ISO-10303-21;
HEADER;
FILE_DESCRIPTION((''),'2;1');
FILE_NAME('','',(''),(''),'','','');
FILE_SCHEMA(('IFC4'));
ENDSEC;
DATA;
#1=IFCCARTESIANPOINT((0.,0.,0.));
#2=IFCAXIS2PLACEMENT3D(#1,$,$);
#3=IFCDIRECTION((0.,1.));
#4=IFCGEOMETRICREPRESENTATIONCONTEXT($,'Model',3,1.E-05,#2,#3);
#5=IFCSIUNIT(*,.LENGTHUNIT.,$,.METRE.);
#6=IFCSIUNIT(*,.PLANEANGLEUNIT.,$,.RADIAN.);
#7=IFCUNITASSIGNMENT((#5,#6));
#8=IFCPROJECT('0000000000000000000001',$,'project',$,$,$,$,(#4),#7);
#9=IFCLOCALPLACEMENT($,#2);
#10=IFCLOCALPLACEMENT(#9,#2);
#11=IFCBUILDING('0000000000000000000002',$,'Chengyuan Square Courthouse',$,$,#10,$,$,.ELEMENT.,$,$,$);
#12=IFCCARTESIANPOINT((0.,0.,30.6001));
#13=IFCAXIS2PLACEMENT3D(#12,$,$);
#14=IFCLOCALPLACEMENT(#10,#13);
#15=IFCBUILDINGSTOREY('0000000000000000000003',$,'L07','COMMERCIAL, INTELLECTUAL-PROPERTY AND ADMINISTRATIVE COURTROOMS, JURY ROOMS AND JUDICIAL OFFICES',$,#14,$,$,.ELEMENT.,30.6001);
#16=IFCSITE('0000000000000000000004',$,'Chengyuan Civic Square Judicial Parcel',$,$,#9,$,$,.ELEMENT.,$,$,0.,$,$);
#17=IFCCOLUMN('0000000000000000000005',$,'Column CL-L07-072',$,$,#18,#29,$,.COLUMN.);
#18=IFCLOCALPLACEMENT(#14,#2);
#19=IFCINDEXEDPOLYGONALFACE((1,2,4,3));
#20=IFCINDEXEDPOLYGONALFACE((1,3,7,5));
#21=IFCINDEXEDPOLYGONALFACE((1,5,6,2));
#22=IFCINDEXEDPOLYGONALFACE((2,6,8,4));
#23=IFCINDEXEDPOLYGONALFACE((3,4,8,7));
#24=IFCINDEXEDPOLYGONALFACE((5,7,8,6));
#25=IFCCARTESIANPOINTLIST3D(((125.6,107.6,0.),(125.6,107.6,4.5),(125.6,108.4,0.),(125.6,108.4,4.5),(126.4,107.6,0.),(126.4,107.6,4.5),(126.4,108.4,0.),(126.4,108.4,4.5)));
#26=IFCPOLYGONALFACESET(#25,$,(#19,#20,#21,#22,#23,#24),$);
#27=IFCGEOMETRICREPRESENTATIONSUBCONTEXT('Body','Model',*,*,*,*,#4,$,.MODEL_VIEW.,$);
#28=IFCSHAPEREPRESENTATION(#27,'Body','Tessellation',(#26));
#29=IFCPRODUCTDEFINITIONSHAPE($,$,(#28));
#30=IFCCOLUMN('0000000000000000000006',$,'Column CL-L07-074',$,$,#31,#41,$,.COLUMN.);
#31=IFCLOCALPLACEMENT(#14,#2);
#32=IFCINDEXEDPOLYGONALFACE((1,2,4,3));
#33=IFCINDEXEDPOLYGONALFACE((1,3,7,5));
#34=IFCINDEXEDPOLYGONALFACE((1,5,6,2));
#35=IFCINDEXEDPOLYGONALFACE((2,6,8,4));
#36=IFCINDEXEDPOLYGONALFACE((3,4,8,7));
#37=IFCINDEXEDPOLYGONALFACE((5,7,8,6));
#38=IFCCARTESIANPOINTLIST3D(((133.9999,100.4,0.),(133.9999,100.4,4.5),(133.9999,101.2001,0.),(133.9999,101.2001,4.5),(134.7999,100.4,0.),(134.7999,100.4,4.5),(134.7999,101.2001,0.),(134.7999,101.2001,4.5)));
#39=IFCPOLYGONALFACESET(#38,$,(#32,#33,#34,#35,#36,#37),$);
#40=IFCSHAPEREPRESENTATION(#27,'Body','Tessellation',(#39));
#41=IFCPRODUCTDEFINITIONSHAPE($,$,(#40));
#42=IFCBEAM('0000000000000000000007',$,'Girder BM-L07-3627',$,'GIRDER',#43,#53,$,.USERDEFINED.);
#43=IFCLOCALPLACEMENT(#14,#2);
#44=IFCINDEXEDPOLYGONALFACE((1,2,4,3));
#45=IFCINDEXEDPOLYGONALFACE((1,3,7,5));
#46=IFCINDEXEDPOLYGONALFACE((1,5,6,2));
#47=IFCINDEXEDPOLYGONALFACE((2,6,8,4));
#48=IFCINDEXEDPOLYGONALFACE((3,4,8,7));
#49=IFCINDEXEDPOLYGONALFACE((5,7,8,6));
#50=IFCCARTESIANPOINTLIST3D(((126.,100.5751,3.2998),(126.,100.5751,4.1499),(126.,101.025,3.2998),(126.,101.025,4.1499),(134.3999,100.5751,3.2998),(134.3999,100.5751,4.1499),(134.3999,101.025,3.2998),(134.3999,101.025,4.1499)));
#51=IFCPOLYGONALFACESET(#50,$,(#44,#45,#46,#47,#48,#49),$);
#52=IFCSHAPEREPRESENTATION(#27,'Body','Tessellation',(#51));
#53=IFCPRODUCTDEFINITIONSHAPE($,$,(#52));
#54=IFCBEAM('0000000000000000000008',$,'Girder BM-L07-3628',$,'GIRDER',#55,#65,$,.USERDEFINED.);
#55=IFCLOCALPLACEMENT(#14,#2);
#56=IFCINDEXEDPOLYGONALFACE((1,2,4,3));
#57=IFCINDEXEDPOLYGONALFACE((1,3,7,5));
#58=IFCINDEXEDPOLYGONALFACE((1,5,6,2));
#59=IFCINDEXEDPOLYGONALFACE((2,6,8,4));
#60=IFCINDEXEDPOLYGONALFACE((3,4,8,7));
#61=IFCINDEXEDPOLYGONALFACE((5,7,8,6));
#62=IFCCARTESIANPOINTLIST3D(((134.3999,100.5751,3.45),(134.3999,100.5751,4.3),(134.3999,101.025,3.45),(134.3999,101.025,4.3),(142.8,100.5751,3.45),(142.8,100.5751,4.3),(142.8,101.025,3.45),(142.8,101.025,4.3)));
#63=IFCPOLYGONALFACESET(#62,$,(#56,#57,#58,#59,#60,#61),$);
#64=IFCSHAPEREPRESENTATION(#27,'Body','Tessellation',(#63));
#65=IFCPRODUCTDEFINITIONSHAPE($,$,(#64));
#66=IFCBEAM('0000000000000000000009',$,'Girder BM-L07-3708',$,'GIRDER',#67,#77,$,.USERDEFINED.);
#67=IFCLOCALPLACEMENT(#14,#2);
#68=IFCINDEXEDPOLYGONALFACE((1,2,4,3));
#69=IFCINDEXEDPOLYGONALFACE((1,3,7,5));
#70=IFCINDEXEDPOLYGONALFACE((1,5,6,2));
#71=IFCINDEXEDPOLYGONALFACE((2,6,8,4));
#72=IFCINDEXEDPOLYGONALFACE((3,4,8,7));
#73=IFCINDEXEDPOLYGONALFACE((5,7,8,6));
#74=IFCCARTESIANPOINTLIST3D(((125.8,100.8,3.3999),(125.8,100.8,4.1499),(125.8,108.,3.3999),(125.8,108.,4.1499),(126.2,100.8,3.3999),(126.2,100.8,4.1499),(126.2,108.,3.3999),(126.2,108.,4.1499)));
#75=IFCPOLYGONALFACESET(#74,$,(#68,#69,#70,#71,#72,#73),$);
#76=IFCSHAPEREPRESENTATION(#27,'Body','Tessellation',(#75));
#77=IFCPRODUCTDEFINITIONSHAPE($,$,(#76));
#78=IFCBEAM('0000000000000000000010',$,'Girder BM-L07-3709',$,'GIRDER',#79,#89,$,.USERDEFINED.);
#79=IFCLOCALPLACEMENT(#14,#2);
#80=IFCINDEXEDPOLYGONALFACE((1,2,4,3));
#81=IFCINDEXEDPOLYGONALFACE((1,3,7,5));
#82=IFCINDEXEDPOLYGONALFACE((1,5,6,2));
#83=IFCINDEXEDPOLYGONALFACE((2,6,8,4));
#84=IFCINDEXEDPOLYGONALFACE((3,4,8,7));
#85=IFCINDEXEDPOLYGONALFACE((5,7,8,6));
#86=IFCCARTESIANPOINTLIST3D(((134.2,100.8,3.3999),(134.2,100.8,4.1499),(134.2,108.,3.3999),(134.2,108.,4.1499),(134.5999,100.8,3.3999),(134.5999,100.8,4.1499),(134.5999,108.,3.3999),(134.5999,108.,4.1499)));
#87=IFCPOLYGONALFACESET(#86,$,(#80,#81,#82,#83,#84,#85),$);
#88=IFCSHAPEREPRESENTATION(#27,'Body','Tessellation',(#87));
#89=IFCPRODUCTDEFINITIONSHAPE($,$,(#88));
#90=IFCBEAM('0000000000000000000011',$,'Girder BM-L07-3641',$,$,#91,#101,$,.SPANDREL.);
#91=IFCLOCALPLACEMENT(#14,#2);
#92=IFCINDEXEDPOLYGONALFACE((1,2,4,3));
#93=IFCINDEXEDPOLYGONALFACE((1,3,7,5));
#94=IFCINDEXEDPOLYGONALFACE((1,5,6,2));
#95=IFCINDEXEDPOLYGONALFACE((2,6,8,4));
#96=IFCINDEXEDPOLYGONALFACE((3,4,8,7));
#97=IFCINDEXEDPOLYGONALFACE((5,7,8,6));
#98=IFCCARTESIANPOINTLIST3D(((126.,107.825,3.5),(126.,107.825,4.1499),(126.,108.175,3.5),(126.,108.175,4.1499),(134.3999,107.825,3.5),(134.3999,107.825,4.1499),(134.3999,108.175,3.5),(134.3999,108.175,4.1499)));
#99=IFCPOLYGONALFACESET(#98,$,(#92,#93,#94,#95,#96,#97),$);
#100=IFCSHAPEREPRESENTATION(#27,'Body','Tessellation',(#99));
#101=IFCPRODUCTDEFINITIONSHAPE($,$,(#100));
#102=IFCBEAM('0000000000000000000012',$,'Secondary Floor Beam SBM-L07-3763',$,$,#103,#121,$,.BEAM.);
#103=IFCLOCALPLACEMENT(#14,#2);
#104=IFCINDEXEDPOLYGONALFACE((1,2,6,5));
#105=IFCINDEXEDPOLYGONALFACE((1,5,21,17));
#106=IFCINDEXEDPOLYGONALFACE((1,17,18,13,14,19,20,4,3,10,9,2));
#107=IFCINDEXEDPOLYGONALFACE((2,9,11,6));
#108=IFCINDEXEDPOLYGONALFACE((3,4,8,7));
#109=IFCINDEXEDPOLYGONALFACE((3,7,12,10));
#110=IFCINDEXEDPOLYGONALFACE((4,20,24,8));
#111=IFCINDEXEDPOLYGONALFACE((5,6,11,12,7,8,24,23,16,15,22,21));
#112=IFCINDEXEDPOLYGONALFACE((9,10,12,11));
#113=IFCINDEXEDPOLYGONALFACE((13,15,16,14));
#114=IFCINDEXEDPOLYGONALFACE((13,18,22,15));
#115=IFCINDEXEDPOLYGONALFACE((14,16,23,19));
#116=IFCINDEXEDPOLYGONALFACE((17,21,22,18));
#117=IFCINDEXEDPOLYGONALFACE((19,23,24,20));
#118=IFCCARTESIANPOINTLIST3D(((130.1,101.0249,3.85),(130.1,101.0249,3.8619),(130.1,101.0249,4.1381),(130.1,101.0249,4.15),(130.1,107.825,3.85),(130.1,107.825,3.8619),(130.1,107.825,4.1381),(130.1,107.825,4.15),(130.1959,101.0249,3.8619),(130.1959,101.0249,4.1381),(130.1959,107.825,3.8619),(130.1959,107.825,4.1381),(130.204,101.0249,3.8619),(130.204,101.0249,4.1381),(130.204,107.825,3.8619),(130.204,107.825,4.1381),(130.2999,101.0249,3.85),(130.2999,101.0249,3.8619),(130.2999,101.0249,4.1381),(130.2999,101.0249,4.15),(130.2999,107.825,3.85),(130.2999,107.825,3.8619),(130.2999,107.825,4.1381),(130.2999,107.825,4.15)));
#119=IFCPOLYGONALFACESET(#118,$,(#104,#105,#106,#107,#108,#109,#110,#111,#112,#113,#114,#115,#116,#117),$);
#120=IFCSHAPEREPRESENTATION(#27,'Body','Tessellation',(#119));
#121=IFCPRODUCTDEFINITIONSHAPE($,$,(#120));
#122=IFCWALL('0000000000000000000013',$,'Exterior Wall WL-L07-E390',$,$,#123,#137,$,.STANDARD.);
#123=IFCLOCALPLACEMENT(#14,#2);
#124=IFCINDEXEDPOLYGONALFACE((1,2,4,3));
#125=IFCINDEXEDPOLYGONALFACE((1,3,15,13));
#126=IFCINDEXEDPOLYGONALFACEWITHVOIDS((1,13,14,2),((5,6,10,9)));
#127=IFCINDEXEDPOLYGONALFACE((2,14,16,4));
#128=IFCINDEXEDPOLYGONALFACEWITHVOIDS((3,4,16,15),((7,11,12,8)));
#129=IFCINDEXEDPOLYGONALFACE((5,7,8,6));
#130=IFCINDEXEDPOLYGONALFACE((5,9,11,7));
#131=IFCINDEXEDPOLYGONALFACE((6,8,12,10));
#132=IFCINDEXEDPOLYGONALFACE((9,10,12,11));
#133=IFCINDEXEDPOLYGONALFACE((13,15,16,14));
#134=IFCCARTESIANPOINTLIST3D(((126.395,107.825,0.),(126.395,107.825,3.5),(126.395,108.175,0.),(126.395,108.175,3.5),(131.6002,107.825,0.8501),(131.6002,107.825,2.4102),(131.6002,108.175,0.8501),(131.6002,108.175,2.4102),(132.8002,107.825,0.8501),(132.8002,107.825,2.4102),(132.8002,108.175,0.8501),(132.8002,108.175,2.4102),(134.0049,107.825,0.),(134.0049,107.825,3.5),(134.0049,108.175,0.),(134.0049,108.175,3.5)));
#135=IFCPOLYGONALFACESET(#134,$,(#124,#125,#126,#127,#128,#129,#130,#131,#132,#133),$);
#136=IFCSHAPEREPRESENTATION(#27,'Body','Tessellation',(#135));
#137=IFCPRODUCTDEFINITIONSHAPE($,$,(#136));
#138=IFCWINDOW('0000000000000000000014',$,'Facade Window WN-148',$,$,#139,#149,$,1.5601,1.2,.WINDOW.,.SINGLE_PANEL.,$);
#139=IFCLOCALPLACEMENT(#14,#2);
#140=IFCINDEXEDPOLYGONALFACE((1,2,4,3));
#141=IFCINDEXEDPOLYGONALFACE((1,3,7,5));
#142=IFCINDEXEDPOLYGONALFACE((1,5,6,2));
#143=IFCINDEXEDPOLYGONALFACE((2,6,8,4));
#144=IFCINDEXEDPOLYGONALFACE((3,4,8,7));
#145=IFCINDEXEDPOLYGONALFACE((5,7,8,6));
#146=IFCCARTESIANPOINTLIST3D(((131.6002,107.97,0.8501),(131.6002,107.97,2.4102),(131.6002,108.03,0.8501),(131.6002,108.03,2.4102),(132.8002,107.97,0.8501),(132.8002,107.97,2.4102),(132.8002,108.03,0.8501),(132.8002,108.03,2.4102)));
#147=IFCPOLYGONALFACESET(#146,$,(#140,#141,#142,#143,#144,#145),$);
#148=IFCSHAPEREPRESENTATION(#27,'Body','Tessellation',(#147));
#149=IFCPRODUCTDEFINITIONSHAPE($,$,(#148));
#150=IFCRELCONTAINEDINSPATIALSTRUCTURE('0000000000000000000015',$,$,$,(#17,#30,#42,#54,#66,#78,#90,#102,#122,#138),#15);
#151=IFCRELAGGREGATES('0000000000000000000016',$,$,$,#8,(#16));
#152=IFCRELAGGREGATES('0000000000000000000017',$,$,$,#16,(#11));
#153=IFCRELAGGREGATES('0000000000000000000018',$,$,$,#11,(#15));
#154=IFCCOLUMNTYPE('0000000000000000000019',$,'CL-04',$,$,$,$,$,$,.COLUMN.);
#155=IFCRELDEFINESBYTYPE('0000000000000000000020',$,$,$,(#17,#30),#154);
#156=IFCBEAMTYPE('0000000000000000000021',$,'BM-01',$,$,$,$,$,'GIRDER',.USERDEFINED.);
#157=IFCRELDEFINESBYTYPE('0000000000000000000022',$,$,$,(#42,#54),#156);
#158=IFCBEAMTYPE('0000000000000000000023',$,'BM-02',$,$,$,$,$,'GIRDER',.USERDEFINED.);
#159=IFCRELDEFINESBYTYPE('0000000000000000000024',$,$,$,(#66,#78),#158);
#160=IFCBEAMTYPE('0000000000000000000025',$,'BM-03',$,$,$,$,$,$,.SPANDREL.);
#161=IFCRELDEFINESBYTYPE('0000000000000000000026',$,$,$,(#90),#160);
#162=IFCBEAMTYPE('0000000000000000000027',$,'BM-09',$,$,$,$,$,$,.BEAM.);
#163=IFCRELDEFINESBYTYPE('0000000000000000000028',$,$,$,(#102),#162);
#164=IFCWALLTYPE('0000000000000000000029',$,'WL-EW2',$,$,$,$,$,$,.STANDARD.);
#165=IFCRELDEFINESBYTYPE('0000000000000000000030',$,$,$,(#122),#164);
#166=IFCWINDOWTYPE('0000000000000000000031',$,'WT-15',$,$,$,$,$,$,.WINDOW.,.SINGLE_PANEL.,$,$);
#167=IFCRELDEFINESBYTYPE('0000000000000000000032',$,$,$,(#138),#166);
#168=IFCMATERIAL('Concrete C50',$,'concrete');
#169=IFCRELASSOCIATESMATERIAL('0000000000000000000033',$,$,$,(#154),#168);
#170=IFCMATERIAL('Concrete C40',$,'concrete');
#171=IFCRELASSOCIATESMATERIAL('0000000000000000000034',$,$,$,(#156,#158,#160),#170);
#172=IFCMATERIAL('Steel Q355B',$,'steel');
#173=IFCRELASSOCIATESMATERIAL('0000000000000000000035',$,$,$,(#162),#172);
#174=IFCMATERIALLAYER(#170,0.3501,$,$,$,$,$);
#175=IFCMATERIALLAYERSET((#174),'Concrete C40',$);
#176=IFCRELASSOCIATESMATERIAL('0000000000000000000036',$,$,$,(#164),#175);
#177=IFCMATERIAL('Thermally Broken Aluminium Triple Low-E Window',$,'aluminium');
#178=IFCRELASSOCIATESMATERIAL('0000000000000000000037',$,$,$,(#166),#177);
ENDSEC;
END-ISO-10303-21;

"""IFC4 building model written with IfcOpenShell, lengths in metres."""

from ifc_helpers import new_model, si_unit, direction, frame, frame_2d, origin, origin_2d, place, context, subcontext, project, spatial, rectangle, i_section, extrude, material, layer, layer_set, material_profile, profile_set, type_object, element, fill, save


model = new_model("IFC4")

# Units and contexts
model_context = context("Model", 3, precision=1e-05, world=origin(), true_north=direction((0.0, 1.0)))
body_context = subcontext(model_context, "Body", "Model", "MODEL_VIEW")
ifc_project = project(units=[si_unit("LENGTHUNIT", "METRE"), si_unit("PLANEANGLEUNIT", "RADIAN")], contexts=[model_context])

# Site, building, storey
site_placement = place(None, origin())
site = spatial("IfcSite", under=ifc_project, at=site_placement, Name="Chengyuan Civic Square Judicial Parcel", CompositionType="ELEMENT", RefElevation=0.0)
building_placement = place(site_placement, origin())
building = spatial("IfcBuilding", under=site, at=building_placement, Name="Chengyuan Square Courthouse", CompositionType="ELEMENT")
storey_placement = place(building_placement, frame((0.0, 0.0, 30.6001)))
storey = spatial("IfcBuildingStorey", under=building, at=storey_placement, Name="L07", Description="COMMERCIAL, INTELLECTUAL-PROPERTY AND ADMINISTRATIVE COURTROOMS, JURY ROOMS AND JUDICIAL OFFICES", CompositionType="ELEMENT", Elevation=30.6001)

# Columns
ifc_material_1 = material(Name="Concrete C50", Category="concrete")
ifc_material_profile_1 = material_profile(ifc_material_1, rectangle(XDim=0.8, YDim=0.8, at=origin_2d()), Name="RC-COL-800x800")
ifc_profile_set_1 = profile_set([ifc_material_profile_1], Name="Concrete C50")
column_type = type_object("IfcColumnType", Name="CL-04", PredefinedType="COLUMN", material=ifc_profile_set_1)
for number, where, z_axis, x_axis, name in (
    (1, (126.0, 108.0, 0.0), (0.0, 0.0, 1.0), (1.0, 0.0, 0.0), "Column CL-L07-072"),
    (2, (134.3999, 100.8, 0.0), (0.0, 0.0, 1.0), (1.0, 0.0, 0.0), "Column CL-L07-074"),
):
    element("IfcColumn", number, at=place(storey_placement, frame(where, z_axis=z_axis, x_axis=x_axis)), inside=storey, type_object=column_type, Name=name, PredefinedType="COLUMN", context=body_context, shape_type="SweptSolid", body=[
        extrude(rectangle(XDim=0.8, YDim=0.8, at=origin_2d()), origin(), (0.0, 0.0, 1.0), 4.5),
    ])

# Beams
ifc_material_2 = material(Name="Concrete C40", Category="concrete")
ifc_material_profile_2 = material_profile(ifc_material_2, rectangle(XDim=0.45, YDim=0.8501, at=origin_2d()), Name="RC-BM-450x850")
ifc_profile_set_2 = profile_set([ifc_material_profile_2], Name="Concrete C40")
beam_type_1 = type_object("IfcBeamType", Name="BM-01", ElementType="GIRDER", PredefinedType="USERDEFINED", material=ifc_profile_set_2)
beam_1_placement = place(storey_placement, frame((126.0, 100.8, 3.7249), z_axis=(1.0, 0.0, 0.0), x_axis=(0.0, 1.0, 0.0)))
element("IfcBeam", 3, at=beam_1_placement, inside=storey, type_object=beam_type_1, Name="Girder BM-L07-3627", ObjectType="GIRDER", PredefinedType="USERDEFINED", context=body_context, shape_type="SweptSolid", body=[
    extrude(rectangle(XDim=0.45, YDim=0.8501, at=origin_2d()), origin(), (0.0, 0.0, 1.0), 8.3999),
])
beam_2_placement = place(storey_placement, frame((134.3999, 100.8, 3.875), z_axis=(1.0, 0.0, 0.0), x_axis=(0.0, 1.0, 0.0)))
element("IfcBeam", 4, at=beam_2_placement, inside=storey, type_object=beam_type_1, Name="Girder BM-L07-3628", ObjectType="GIRDER", PredefinedType="USERDEFINED", context=body_context, shape_type="SweptSolid", body=[
    extrude(rectangle(XDim=0.45, YDim=0.8501, at=origin_2d()), origin(), (0.0, 0.0, 1.0), 8.4001),
])
ifc_material_profile_3 = material_profile(ifc_material_2, rectangle(XDim=0.3999, YDim=0.75, at=origin_2d()), Name="RC-BM-400x750")
ifc_profile_set_3 = profile_set([ifc_material_profile_3], Name="Concrete C40")
beam_type_2 = type_object("IfcBeamType", Name="BM-02", ElementType="GIRDER", PredefinedType="USERDEFINED", material=ifc_profile_set_3)
for number, where, z_axis, x_axis, name in (
    (5, (126.0, 100.8, 3.7749), (0.0, 1.0, 0.0), (-1.0, 0.0, 0.0), "Girder BM-L07-3708"),
    (6, (134.3999, 100.8, 3.7749), (0.0, 1.0, 0.0), (-1.0, 0.0, 0.0), "Girder BM-L07-3709"),
):
    element("IfcBeam", number, at=place(storey_placement, frame(where, z_axis=z_axis, x_axis=x_axis)), inside=storey, type_object=beam_type_2, Name=name, ObjectType="GIRDER", PredefinedType="USERDEFINED", context=body_context, shape_type="SweptSolid", body=[
        extrude(rectangle(XDim=0.3999, YDim=0.75, at=origin_2d()), origin(), (0.0, 0.0, 1.0), 7.2),
    ])
ifc_material_profile_4 = material_profile(ifc_material_2, rectangle(XDim=0.3501, YDim=0.6499, at=origin_2d()), Name="RC-BM-350x650")
ifc_profile_set_4 = profile_set([ifc_material_profile_4], Name="Concrete C40")
beam_type_3 = type_object("IfcBeamType", Name="BM-03", PredefinedType="SPANDREL", material=ifc_profile_set_4)
beam_3_placement = place(storey_placement, frame((126.0, 108.0, 3.825), z_axis=(1.0, 0.0, 0.0), x_axis=(0.0, 1.0, 0.0)))
element("IfcBeam", 7, at=beam_3_placement, inside=storey, type_object=beam_type_3, Name="Girder BM-L07-3641", PredefinedType="SPANDREL", context=body_context, shape_type="SweptSolid", body=[
    extrude(rectangle(XDim=0.3501, YDim=0.6499, at=origin_2d()), origin(), (0.0, 0.0, 1.0), 8.3999),
])
ifc_material_3 = material(Name="Steel Q355B", Category="steel")
ifc_material_profile_5 = material_profile(ifc_material_3, i_section(OverallWidth=0.2, OverallDepth=0.3, WebThickness=0.0081, FlangeThickness=0.012, at=origin_2d()), Name="HM 300x200x8x12")
ifc_profile_set_5 = profile_set([ifc_material_profile_5], Name="Steel Q355B")
beam_type_4 = type_object("IfcBeamType", Name="BM-09", PredefinedType="BEAM", material=ifc_profile_set_5)
beam_4_placement = place(storey_placement, frame((130.2, 101.0249, 4.0), z_axis=(0.0, 1.0, 0.0), x_axis=(-1.0, 0.0, 0.0)))
element("IfcBeam", 8, at=beam_4_placement, inside=storey, type_object=beam_type_4, Name="Secondary Floor Beam SBM-L07-3763", PredefinedType="BEAM", context=body_context, shape_type="SweptSolid", body=[
    extrude(i_section(OverallWidth=0.2, OverallDepth=0.3, WebThickness=0.0081, FlangeThickness=0.012, at=origin_2d()), origin(), (0.0, 0.0, 1.0), 6.8),
])

# Wall, opening, window
ifc_layer_1 = layer(ifc_material_2, 0.3501)
ifc_layer_set_1 = layer_set([ifc_layer_1], Name="Concrete C40")
wall_type_1 = type_object("IfcWallType", Name="WL-EW2", PredefinedType="STANDARD", material=ifc_layer_set_1)
wall_1_placement = place(storey_placement, frame((126.395, 108.0, 0.0), z_axis=(0.0, 0.0, 1.0), x_axis=(1.0, 0.0, 0.0)))
wall_1 = element("IfcWall", 9, at=wall_1_placement, inside=storey, type_object=wall_type_1, Name="Exterior Wall WL-L07-E390", PredefinedType="STANDARD", context=body_context, shape_type="SweptSolid", body=[
    extrude(rectangle(XDim=7.6099, YDim=0.3501, at=frame_2d((3.8049, 0.0))), origin(), (0.0, 0.0, 1.0), 3.5),
])
opening_1_placement = place(wall_1_placement, frame((5.2051, 0.0, 0.8501)))
opening_1 = element("IfcOpeningElement", 10, at=opening_1_placement, cuts=wall_1, PredefinedType="OPENING", context=body_context, shape_type="SweptSolid", body=[
    extrude(rectangle(XDim=1.2, YDim=1.5601, at=frame_2d((0.6001, 0.78))), frame((0.0, 0.187, 0.0), z_axis=(0.0, -1.0, 0.0), x_axis=(1.0, 0.0, 0.0)), (0.0, 0.0, 1.0), 0.374),
])
ifc_material_4 = material(Name="Thermally Broken Aluminium Triple Low-E Window", Category="aluminium")
window_type = type_object("IfcWindowType", Name="WT-15", PartitioningType="SINGLE_PANEL", PredefinedType="WINDOW", material=ifc_material_4)
window_placement = place(opening_1_placement, origin())
window = element("IfcWindow", 11, at=window_placement, inside=storey, type_object=window_type, Name="Facade Window WN-148", OverallHeight=1.5601, OverallWidth=1.2, PartitioningType="SINGLE_PANEL", PredefinedType="WINDOW", context=body_context, shape_type="SweptSolid", body=[
    extrude(rectangle(XDim=1.2, YDim=1.5601, at=frame_2d((0.6001, 0.78))), frame((0.0, 0.03, 0.0), z_axis=(0.0, -1.0, 0.0), x_axis=(1.0, 0.0, 0.0)), (0.0, 0.0, 1.0), 0.0601),
])
fill(opening_1, window)

save(model, "model.ifc")
